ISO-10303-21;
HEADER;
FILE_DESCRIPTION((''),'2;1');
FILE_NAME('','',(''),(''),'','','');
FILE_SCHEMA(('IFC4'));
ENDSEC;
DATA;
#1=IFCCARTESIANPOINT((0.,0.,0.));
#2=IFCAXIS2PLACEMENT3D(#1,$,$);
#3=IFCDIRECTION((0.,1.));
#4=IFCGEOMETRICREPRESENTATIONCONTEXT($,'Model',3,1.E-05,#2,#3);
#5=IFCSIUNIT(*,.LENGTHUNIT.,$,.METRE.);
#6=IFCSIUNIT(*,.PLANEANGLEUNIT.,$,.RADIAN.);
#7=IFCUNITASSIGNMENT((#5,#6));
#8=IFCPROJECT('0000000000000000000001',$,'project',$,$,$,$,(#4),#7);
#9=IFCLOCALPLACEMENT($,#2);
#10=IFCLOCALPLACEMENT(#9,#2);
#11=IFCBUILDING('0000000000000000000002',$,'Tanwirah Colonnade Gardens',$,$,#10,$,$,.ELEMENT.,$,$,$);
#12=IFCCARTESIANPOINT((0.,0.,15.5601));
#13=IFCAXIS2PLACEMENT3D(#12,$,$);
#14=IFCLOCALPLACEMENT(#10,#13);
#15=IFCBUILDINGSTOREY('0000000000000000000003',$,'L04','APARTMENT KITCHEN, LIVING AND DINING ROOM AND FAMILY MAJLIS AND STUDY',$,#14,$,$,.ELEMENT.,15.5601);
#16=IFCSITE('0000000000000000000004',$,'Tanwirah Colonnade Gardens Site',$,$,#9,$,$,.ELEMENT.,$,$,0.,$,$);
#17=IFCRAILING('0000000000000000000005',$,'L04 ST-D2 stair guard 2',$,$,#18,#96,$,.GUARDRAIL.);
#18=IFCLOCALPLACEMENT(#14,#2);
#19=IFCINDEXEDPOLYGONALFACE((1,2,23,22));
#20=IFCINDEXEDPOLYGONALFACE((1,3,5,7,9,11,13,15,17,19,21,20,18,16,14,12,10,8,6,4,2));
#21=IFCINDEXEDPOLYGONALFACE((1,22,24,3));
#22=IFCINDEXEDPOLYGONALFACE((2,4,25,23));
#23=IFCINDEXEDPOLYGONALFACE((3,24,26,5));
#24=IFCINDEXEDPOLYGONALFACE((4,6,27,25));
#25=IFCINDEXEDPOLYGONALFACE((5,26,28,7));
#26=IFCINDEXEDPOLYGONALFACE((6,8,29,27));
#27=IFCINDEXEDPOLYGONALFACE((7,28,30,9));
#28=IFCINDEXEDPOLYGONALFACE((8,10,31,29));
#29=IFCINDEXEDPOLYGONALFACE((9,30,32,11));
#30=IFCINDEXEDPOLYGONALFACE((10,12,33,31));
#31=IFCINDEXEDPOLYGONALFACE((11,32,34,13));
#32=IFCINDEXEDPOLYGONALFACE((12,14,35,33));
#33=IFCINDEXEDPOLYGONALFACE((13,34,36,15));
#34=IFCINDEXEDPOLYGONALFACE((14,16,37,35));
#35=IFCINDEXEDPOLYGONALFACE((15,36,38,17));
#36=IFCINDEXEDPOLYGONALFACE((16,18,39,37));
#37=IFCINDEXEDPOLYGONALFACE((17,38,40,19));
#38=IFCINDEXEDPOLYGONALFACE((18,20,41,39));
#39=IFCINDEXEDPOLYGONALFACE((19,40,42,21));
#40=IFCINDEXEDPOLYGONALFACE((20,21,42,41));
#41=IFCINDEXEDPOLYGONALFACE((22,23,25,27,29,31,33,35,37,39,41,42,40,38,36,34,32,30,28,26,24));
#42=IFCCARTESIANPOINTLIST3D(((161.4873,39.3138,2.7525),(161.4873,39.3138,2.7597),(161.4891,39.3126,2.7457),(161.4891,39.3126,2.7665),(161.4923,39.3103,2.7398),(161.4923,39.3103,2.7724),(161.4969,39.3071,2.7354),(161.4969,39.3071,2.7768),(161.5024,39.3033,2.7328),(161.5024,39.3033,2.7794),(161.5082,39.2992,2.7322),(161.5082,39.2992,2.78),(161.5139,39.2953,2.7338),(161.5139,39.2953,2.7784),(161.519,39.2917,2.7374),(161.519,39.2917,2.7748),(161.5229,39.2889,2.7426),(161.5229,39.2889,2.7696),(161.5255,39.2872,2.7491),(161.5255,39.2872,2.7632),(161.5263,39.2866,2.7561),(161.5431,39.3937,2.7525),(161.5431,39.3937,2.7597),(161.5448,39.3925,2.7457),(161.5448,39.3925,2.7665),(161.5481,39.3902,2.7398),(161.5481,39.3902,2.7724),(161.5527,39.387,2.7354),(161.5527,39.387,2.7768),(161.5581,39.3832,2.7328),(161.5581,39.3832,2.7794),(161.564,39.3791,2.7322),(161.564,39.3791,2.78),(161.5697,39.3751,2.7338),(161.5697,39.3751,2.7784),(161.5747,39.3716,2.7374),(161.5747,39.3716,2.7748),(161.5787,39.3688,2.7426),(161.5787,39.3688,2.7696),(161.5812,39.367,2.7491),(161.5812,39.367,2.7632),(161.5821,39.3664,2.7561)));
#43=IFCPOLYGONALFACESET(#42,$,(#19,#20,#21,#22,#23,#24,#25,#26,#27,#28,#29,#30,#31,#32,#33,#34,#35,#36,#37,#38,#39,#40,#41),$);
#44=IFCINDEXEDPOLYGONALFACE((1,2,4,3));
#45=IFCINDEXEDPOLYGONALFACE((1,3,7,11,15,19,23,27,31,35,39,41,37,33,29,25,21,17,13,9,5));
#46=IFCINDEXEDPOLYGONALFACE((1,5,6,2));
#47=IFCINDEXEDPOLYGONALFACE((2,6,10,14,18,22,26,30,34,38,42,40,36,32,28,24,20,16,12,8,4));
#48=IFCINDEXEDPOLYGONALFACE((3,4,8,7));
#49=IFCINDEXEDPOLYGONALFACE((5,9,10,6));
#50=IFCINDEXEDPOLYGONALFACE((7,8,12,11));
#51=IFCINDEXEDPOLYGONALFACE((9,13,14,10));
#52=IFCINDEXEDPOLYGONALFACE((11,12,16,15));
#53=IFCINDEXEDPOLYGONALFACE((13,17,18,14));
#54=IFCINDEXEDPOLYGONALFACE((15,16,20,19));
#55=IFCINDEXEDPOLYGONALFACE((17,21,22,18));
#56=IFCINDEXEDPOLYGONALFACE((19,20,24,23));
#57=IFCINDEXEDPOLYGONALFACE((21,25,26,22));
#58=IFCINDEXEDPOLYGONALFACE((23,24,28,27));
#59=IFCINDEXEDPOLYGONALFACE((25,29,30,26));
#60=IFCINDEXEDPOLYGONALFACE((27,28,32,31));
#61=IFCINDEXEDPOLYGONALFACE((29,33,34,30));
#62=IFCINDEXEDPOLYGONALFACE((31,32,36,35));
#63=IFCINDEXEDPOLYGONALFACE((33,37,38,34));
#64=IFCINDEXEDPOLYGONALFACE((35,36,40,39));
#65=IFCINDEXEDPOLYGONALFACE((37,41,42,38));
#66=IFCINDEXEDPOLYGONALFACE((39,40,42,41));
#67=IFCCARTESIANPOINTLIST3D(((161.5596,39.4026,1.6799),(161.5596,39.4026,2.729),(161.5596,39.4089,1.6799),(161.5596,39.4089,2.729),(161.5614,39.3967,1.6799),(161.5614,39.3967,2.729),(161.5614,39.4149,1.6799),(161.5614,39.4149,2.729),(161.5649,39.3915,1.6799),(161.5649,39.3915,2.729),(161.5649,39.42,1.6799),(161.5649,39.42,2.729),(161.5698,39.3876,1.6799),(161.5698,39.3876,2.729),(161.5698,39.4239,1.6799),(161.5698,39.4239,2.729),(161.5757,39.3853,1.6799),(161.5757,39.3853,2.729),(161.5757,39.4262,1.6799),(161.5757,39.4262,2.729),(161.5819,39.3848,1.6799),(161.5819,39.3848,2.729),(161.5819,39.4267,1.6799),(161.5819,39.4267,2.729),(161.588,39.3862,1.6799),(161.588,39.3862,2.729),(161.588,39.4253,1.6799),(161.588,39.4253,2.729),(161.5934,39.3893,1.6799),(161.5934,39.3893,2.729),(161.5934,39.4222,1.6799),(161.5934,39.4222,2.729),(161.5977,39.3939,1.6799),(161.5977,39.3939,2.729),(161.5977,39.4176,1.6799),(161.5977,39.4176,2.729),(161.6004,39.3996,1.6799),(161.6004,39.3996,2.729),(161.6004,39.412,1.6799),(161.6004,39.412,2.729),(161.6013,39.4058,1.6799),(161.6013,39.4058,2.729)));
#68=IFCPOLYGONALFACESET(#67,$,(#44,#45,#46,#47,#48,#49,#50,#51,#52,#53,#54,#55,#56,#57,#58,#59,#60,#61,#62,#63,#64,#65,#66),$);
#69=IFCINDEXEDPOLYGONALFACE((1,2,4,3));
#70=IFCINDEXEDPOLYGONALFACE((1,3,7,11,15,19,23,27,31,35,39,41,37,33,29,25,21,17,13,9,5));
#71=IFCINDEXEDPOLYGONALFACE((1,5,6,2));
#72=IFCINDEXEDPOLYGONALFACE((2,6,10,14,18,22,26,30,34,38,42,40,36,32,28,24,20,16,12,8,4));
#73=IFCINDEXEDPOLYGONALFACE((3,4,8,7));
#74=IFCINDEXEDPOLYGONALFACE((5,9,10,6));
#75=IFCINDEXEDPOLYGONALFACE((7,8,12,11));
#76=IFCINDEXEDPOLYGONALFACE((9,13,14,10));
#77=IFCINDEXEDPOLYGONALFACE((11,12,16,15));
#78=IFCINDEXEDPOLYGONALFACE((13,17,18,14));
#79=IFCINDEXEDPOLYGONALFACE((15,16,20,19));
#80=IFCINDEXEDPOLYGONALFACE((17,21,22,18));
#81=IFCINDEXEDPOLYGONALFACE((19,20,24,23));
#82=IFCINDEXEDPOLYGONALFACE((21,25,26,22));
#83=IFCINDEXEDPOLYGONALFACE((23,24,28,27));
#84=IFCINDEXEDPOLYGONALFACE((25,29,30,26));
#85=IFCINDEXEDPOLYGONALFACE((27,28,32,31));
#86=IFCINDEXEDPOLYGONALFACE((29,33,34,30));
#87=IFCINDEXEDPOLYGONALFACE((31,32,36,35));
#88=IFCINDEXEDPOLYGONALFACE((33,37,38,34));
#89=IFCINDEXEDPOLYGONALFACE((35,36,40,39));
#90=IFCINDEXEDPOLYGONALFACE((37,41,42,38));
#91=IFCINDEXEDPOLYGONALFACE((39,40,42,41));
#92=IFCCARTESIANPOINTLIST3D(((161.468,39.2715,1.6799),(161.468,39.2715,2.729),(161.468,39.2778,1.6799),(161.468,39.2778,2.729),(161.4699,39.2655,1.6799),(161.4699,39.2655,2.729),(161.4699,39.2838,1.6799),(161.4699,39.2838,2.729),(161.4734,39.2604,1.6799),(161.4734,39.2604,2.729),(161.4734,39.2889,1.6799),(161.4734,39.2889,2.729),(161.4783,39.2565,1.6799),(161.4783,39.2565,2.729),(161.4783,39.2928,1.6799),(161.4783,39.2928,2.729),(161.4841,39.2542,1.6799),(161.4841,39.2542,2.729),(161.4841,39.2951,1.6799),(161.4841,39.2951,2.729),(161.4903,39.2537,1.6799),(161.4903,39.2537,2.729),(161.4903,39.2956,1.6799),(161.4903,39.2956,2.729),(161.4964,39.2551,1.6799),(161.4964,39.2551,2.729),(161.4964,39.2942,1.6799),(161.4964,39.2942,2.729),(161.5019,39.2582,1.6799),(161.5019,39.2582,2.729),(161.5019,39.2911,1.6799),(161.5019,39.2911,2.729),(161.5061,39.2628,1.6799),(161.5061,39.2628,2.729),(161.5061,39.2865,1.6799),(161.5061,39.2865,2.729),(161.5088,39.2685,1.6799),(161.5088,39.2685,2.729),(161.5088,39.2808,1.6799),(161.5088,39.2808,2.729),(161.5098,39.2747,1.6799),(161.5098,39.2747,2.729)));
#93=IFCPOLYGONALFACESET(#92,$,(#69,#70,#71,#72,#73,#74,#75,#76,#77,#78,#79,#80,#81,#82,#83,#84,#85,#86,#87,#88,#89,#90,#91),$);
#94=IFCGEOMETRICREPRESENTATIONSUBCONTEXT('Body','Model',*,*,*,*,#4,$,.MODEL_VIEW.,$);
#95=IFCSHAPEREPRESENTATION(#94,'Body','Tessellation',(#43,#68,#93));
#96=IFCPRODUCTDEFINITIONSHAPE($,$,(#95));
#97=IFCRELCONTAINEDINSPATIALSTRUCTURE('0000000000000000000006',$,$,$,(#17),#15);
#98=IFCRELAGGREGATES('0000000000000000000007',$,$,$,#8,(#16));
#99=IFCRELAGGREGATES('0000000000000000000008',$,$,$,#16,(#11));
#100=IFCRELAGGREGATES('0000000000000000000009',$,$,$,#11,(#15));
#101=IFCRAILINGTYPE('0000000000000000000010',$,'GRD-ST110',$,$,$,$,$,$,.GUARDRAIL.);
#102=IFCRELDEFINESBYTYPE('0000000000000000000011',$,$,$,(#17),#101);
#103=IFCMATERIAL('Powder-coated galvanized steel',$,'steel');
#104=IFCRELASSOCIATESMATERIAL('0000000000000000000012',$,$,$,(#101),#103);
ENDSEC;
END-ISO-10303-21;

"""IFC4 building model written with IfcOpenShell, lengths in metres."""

from ifc_helpers import new_model, si_unit, direction, frame, origin, origin_2d, place, context, subcontext, project, spatial, circle, extrude, material, type_object, element, save


model = new_model("IFC4")

# Units and contexts
model_context = context("Model", 3, precision=1e-05, world=origin(), true_north=direction((0.0, 1.0)))
body_context = subcontext(model_context, "Body", "Model", "MODEL_VIEW")
ifc_project = project(units=[si_unit("LENGTHUNIT", "METRE"), si_unit("PLANEANGLEUNIT", "RADIAN")], contexts=[model_context])

# Site, building, storey
site_placement = place(None, origin())
site = spatial("IfcSite", under=ifc_project, at=site_placement, Name="Tanwirah Colonnade Gardens Site", CompositionType="ELEMENT", RefElevation=0.0)
building_placement = place(site_placement, origin())
building = spatial("IfcBuilding", under=site, at=building_placement, Name="Tanwirah Colonnade Gardens", CompositionType="ELEMENT")
storey_placement = place(building_placement, frame((0.0, 0.0, 15.5601)))
storey = spatial("IfcBuildingStorey", under=building, at=storey_placement, Name="L04", Description="APARTMENT KITCHEN, LIVING AND DINING ROOM AND FAMILY MAJLIS AND STUDY", CompositionType="ELEMENT", Elevation=15.5601)

# Railing
ifc_material_1 = material(Name="Powder-coated galvanized steel", Category="steel")
railing_type_1 = type_object("IfcRailingType", Name="GRD-ST110", PredefinedType="GUARDRAIL", material=ifc_material_1)
railing_1_placement = place(storey_placement, frame((161.5803, 39.4058, 1.6799)))
element("IfcRailing", 1, at=railing_1_placement, inside=storey, type_object=railing_type_1, Name="L04 ST-D2 stair guard 2", PredefinedType="GUARDRAIL", context=body_context, shape_type="SweptSolid", body=[
    extrude(circle(Radius=0.0239, at=origin_2d()), frame((-0.0178, -0.0256, 1.0762), z_axis=(-0.57254, -0.819877, 0.0), x_axis=(0.819877, -0.57254, 0.0)), (0.0, 0.0, 1.0), 0.0974),
    extrude(circle(Radius=0.021, at=origin_2d()), origin(), (0.0, 0.0, 1.0), 1.0491),
    extrude(circle(Radius=0.021, at=origin_2d()), frame((-0.0916, -0.1311, 0.0)), (0.0, 0.0, 1.0), 1.0491),
])

save(model, "model.ifc")
